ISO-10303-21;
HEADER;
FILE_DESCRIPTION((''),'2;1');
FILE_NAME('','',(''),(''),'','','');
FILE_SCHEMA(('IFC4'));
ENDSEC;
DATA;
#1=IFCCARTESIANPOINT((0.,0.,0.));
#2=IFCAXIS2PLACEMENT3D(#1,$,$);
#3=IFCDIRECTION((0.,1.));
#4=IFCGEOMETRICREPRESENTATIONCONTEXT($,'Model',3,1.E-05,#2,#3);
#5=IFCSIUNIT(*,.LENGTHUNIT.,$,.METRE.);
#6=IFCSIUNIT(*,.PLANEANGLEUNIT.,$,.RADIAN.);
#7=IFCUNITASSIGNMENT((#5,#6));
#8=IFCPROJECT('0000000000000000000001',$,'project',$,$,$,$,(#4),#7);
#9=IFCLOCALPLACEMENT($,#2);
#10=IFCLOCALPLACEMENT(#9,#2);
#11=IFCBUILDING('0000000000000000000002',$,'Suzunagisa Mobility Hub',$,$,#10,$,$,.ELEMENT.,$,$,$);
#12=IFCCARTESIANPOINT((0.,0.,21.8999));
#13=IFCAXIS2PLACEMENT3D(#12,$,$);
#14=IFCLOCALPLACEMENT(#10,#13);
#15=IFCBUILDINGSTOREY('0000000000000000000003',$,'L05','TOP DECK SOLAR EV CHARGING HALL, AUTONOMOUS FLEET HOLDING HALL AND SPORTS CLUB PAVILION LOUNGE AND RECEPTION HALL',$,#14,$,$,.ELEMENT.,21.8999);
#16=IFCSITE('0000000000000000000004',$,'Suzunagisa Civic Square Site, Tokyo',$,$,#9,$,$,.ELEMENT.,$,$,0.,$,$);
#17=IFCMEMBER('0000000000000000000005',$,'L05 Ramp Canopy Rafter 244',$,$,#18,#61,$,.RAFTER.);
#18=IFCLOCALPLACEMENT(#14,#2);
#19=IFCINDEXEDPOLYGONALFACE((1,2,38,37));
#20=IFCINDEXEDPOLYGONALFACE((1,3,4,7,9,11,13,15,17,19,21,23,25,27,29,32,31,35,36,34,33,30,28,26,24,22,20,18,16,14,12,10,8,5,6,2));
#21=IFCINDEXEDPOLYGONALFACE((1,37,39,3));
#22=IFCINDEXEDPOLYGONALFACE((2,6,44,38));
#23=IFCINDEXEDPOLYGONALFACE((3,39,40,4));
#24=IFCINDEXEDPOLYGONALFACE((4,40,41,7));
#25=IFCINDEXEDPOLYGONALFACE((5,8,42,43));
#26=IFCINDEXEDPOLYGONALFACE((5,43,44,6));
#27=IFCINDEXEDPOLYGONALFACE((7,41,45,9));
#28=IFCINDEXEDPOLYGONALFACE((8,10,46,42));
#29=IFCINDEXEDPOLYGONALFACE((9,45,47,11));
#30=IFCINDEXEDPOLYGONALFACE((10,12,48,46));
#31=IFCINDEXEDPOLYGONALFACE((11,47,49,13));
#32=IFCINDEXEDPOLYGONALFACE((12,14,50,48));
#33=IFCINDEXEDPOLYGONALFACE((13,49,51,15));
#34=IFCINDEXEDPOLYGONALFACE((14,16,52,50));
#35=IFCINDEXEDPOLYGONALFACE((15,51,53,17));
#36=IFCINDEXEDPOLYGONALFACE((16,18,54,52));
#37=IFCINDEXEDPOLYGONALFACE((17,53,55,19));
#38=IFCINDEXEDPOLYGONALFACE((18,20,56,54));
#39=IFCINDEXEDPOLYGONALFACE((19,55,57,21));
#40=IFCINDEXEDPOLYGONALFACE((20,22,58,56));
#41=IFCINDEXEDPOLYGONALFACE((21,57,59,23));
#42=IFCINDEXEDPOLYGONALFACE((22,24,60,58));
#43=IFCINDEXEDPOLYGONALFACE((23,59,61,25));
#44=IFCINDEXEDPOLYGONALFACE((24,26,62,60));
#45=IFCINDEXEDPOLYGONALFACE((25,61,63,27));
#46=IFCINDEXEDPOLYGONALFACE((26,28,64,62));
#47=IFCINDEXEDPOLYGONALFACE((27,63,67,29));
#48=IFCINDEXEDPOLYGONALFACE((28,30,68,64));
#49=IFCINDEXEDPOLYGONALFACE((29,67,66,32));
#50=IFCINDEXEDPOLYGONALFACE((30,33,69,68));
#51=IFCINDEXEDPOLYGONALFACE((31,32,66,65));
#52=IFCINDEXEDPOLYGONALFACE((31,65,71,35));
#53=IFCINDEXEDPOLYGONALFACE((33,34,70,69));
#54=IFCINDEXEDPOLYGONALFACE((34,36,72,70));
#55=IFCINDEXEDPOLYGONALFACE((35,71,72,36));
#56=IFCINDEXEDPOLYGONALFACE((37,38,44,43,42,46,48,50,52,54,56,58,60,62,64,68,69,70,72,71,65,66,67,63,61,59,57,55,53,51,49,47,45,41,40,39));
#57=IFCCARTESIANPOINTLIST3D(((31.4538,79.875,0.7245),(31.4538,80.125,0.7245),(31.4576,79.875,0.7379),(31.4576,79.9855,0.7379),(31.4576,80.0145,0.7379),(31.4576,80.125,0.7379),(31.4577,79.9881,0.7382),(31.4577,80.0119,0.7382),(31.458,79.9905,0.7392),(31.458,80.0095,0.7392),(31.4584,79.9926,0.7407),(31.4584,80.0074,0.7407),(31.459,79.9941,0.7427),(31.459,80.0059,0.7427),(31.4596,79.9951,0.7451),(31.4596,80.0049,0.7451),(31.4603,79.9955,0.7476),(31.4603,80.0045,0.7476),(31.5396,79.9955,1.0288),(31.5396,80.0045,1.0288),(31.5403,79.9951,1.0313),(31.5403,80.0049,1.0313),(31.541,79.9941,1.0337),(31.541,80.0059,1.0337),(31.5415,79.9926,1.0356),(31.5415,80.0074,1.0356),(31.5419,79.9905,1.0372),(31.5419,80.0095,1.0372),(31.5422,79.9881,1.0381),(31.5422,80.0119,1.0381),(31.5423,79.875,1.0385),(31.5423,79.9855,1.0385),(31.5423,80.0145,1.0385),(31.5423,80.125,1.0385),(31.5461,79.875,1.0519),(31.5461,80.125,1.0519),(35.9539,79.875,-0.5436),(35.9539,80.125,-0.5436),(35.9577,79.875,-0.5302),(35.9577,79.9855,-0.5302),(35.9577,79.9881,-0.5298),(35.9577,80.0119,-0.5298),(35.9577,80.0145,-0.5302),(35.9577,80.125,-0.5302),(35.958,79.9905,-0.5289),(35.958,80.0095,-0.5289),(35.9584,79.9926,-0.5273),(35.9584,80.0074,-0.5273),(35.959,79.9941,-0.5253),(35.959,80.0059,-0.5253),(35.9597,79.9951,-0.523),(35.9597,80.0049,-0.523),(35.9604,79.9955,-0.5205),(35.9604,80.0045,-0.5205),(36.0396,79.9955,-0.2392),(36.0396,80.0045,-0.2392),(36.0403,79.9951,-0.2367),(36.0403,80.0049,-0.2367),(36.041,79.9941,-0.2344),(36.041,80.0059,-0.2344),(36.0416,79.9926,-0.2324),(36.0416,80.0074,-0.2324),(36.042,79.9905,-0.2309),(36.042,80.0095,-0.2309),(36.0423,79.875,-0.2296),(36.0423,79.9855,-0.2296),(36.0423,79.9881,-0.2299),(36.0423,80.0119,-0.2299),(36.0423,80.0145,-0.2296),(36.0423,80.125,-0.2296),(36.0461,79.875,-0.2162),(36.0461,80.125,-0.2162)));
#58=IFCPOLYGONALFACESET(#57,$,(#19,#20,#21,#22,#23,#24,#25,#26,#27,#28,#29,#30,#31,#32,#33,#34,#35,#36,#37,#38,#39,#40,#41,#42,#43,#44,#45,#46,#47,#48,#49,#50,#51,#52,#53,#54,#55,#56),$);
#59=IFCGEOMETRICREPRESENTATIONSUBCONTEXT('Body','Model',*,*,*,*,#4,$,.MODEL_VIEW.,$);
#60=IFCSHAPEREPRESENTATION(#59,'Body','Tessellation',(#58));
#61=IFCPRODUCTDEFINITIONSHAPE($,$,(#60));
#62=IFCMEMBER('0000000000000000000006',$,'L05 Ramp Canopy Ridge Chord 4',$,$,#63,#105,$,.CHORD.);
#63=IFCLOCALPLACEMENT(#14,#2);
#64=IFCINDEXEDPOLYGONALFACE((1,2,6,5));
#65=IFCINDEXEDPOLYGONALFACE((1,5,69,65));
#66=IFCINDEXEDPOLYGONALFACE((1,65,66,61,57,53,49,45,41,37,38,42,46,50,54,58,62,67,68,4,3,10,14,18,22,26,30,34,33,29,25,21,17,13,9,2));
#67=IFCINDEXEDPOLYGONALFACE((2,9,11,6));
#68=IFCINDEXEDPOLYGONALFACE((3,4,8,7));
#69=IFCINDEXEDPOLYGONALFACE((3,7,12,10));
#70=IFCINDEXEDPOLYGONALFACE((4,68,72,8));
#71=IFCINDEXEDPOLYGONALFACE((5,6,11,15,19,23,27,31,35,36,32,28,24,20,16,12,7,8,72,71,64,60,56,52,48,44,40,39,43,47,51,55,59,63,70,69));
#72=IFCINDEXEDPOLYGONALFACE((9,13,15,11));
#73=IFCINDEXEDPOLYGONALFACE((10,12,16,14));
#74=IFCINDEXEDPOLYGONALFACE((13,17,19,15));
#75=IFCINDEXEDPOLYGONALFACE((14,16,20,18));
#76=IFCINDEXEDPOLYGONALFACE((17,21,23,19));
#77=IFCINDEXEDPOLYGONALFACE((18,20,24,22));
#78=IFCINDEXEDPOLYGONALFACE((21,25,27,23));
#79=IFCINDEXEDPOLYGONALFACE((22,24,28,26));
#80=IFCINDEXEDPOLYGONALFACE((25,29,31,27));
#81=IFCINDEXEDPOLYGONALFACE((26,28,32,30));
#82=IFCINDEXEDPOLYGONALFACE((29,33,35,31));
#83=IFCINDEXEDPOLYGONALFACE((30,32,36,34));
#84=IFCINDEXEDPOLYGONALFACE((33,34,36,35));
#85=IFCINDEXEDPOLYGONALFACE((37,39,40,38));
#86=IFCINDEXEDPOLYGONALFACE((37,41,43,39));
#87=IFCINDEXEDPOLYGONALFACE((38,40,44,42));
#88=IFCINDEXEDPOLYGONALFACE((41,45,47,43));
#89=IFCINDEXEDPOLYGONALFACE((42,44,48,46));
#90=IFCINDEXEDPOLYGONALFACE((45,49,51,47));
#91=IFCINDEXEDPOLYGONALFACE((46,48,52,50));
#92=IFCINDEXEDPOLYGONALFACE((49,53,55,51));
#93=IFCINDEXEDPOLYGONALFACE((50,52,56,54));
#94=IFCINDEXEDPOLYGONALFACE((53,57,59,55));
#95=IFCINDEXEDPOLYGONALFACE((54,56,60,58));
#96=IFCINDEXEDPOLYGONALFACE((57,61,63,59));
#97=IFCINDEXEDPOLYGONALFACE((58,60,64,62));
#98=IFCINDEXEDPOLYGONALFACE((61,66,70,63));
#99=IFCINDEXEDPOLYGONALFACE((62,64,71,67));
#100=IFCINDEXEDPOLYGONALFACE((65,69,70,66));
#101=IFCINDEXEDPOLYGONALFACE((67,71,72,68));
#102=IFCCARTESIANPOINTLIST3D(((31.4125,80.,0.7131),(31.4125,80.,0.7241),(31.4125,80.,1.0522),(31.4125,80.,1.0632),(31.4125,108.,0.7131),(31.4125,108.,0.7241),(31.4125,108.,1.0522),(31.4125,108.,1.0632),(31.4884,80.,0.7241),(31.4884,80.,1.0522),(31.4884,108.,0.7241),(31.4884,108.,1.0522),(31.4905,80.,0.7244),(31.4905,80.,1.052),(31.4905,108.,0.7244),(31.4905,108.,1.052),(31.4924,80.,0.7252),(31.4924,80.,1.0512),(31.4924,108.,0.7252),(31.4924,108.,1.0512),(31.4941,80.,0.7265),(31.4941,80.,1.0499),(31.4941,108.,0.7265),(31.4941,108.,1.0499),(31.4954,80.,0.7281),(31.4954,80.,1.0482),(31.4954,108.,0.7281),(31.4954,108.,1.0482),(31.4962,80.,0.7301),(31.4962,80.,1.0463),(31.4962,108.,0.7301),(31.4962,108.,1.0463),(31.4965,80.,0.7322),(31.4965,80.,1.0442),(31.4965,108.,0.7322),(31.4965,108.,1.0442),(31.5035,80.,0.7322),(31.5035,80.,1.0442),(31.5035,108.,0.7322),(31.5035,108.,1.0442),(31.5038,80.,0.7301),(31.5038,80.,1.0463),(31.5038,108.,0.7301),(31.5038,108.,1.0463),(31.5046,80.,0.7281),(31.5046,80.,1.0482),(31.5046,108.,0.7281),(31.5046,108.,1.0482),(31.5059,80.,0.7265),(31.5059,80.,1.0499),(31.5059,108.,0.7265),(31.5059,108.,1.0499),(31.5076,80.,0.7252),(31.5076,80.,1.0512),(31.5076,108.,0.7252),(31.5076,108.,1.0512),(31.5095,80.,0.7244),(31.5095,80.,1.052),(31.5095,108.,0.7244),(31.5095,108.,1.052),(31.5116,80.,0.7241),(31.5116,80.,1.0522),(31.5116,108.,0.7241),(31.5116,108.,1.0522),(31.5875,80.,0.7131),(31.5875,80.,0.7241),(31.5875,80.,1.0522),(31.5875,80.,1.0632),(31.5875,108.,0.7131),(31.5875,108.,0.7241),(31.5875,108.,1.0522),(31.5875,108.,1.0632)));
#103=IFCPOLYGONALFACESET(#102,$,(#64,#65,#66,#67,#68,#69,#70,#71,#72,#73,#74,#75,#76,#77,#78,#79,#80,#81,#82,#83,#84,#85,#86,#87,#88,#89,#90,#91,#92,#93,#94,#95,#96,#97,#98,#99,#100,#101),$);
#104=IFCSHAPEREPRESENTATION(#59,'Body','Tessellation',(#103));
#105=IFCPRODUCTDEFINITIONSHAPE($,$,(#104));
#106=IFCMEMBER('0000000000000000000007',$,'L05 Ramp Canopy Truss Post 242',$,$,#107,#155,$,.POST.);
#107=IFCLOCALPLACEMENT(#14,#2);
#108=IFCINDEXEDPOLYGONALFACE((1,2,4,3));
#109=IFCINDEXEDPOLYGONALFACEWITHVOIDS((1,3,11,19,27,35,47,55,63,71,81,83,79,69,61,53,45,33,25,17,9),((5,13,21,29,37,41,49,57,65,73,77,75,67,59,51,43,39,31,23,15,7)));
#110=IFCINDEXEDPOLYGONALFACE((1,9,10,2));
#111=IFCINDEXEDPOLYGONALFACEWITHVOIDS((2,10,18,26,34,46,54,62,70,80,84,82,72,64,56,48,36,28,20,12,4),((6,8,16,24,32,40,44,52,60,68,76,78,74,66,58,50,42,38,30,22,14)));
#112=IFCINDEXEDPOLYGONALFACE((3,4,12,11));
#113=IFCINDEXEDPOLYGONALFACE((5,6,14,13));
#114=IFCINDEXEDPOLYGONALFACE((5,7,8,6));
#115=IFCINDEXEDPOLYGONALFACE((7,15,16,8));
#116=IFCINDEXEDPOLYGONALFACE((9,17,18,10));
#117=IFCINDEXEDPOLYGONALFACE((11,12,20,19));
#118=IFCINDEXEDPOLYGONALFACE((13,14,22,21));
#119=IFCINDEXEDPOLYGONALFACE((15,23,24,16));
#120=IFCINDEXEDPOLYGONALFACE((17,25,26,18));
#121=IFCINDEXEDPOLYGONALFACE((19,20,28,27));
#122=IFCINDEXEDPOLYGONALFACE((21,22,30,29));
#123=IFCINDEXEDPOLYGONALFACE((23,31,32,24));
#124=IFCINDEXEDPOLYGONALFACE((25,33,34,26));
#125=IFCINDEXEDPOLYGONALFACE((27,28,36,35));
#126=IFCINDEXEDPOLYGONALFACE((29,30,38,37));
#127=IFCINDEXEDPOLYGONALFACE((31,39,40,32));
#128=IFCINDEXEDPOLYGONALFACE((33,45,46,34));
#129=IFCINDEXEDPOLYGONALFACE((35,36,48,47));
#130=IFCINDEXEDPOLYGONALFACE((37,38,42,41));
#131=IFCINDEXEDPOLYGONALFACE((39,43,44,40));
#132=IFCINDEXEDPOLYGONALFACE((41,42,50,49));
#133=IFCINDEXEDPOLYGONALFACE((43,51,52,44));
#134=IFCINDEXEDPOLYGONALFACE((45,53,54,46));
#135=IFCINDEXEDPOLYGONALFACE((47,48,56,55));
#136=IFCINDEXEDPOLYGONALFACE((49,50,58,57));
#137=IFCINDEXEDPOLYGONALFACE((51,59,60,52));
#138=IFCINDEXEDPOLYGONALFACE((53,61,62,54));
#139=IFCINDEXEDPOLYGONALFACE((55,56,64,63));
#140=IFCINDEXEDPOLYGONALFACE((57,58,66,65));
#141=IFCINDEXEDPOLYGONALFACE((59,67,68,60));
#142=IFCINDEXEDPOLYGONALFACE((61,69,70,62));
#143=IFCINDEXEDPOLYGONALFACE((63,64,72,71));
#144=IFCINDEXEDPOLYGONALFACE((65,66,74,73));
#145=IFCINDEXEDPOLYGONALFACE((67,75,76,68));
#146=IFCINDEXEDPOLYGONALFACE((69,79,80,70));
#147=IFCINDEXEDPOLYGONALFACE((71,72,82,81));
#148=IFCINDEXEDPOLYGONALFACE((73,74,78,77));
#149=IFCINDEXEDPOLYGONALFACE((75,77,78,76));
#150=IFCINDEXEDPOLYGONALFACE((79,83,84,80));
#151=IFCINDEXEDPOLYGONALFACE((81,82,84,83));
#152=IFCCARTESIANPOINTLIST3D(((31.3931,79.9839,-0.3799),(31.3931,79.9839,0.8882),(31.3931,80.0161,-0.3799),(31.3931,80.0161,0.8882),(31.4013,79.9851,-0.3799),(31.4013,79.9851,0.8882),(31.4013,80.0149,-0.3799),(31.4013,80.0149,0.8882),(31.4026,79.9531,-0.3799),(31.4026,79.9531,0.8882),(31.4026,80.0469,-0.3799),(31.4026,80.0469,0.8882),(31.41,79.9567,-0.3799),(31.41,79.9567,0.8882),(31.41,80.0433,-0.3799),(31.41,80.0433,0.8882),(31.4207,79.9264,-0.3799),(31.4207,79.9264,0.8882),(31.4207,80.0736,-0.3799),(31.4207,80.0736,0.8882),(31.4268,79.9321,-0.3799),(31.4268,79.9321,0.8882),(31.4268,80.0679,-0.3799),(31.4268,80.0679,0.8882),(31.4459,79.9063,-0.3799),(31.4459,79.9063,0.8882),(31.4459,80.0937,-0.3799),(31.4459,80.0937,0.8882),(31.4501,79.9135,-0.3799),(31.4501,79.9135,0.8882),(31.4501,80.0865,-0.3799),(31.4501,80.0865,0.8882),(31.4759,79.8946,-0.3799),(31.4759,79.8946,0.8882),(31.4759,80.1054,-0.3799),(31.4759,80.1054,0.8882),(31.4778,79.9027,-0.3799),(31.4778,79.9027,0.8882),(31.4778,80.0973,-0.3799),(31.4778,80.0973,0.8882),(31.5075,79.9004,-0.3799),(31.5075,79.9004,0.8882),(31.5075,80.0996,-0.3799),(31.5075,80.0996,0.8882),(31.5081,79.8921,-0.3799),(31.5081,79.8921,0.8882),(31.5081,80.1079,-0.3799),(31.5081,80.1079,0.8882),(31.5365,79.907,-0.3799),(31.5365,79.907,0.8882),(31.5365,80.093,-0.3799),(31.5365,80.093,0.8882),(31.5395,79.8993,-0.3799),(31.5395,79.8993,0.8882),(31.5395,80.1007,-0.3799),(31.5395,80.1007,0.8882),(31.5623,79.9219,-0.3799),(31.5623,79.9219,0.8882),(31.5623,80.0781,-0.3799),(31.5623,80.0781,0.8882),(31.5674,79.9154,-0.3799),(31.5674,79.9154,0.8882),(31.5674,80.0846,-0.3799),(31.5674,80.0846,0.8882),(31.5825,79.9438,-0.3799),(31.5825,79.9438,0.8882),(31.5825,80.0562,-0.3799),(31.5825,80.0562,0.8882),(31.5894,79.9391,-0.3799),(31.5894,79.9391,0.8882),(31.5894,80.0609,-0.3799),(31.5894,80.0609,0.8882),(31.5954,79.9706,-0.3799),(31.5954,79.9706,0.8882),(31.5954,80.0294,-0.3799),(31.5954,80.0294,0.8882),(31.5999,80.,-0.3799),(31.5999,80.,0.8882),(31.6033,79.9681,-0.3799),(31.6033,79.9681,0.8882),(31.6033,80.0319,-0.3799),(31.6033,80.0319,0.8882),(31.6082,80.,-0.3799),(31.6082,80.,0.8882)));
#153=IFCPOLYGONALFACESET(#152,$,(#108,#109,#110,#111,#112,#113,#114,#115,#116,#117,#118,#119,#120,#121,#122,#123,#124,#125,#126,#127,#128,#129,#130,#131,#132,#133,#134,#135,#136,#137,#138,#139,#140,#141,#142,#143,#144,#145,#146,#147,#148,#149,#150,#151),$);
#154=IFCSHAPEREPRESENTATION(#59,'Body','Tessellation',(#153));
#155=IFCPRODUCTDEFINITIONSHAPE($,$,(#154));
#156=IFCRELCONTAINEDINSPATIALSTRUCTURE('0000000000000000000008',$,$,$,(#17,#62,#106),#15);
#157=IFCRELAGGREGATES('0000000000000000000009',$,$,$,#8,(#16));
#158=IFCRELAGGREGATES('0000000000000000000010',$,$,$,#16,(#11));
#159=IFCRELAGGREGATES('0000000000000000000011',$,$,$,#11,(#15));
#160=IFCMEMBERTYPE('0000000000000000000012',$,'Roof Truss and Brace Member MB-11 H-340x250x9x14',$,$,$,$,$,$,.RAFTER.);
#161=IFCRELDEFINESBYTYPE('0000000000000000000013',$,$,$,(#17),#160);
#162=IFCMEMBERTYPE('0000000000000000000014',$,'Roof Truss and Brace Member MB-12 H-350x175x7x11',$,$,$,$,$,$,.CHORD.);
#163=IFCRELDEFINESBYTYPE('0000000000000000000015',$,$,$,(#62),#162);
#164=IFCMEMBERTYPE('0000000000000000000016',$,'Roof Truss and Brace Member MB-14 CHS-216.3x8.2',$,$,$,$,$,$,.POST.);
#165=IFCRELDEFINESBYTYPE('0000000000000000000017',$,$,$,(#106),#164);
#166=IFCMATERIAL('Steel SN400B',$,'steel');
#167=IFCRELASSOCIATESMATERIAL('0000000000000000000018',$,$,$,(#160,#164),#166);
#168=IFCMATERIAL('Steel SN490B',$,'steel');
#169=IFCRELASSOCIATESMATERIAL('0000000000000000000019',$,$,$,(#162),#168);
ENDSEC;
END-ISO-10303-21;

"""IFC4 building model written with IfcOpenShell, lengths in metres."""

from ifc_helpers import new_model, si_unit, direction, frame, origin, origin_2d, place, context, subcontext, project, spatial, hollow_circle, i_section, extrude, material, material_profile, profile_set, type_object, element, save


model = new_model("IFC4")

# Units and contexts
model_context = context("Model", 3, precision=1e-05, world=origin(), true_north=direction((0.0, 1.0)))
body_context = subcontext(model_context, "Body", "Model", "MODEL_VIEW")
ifc_project = project(units=[si_unit("LENGTHUNIT", "METRE"), si_unit("PLANEANGLEUNIT", "RADIAN")], contexts=[model_context])

# Site, building, storey
site_placement = place(None, origin())
site = spatial("IfcSite", under=ifc_project, at=site_placement, Name="Suzunagisa Civic Square Site, Tokyo", CompositionType="ELEMENT", RefElevation=0.0)
building_placement = place(site_placement, origin())
building = spatial("IfcBuilding", under=site, at=building_placement, Name="Suzunagisa Mobility Hub", CompositionType="ELEMENT")
storey_placement = place(building_placement, frame((0.0, 0.0, 21.8999)))
storey = spatial("IfcBuildingStorey", under=building, at=storey_placement, Name="L05", Description="TOP DECK SOLAR EV CHARGING HALL, AUTONOMOUS FLEET HOLDING HALL AND SPORTS CLUB PAVILION LOUNGE AND RECEPTION HALL", CompositionType="ELEMENT", Elevation=21.8999)

# Shared definitions
ifc_material_1 = material(Name="Steel SN490B", Category="steel")

# Members
ifc_material_2 = material(Name="Steel SN400B", Category="steel")
ifc_material_profile_1 = material_profile(ifc_material_2, i_section(OverallWidth=0.25, OverallDepth=0.3401, WebThickness=0.009, FlangeThickness=0.0139, FilletRadius=0.01, at=origin_2d()), Name="H-340x250x9x14")
ifc_profile_set_1 = profile_set([ifc_material_profile_1], Name="Steel SN400B")
member_type_1 = type_object("IfcMemberType", Name="Roof Truss and Brace Member MB-11 H-340x250x9x14", PredefinedType="RAFTER", material=ifc_profile_set_1)
for number, where, z_axis, x_axis, name in (
    (1, (36.0, 80.0, -0.3799), (-0.962515, 0.0, 0.271229), (0.0, -1.0, 0.0), "L05 Ramp Canopy Rafter 244"),
):
    element("IfcMember", number, at=place(storey_placement, frame(where, z_axis=z_axis, x_axis=x_axis)), inside=storey, type_object=member_type_1, Name=name, PredefinedType="RAFTER", context=body_context, shape_type="SweptSolid", body=[
        extrude(i_section(OverallWidth=0.25, OverallDepth=0.3401, WebThickness=0.009, FlangeThickness=0.0139, FilletRadius=0.01, at=origin_2d()), origin(), (0.0, 0.0, 1.0), 4.6753),
    ])
ifc_material_profile_2 = material_profile(ifc_material_1, i_section(OverallWidth=0.175, OverallDepth=0.3501, WebThickness=0.0071, FlangeThickness=0.011, FilletRadius=0.0081, at=origin_2d()), Name="H-350x175x7x11")
ifc_profile_set_2 = profile_set([ifc_material_profile_2], Name="Steel SN490B")
member_type_2 = type_object("IfcMemberType", Name="Roof Truss and Brace Member MB-12 H-350x175x7x11", PredefinedType="CHORD", material=ifc_profile_set_2)
member_1_placement = place(storey_placement, frame((31.5, 80.0, 0.8882), z_axis=(0.0, 1.0, 0.0), x_axis=(-1.0, 0.0, 0.0)))
element("IfcMember", 2, at=member_1_placement, inside=storey, type_object=member_type_2, Name="L05 Ramp Canopy Ridge Chord 4", PredefinedType="CHORD", context=body_context, shape_type="SweptSolid", body=[
    extrude(i_section(OverallWidth=0.175, OverallDepth=0.3501, WebThickness=0.0071, FlangeThickness=0.011, FilletRadius=0.0081, at=origin_2d()), origin(), (0.0, 0.0, 1.0), 28.0),
])
ifc_material_profile_3 = material_profile(ifc_material_2, hollow_circle(Radius=0.1082, WallThickness=0.0083, at=origin_2d()), Name="CHS-216.3x8.2")
ifc_profile_set_3 = profile_set([ifc_material_profile_3], Name="Steel SN400B")
member_type_3 = type_object("IfcMemberType", Name="Roof Truss and Brace Member MB-14 CHS-216.3x8.2", PredefinedType="POST", material=ifc_profile_set_3)
member_2_placement = place(storey_placement, frame((31.5, 80.0, -0.3799), z_axis=(0.0, 0.0, 1.0), x_axis=(1.0, 0.0, 0.0)))
element("IfcMember", 3, at=member_2_placement, inside=storey, type_object=member_type_3, Name="L05 Ramp Canopy Truss Post 242", PredefinedType="POST", context=body_context, shape_type="SweptSolid", body=[
    extrude(hollow_circle(Radius=0.1082, WallThickness=0.0083, at=origin_2d()), origin(), (0.0, 0.0, 1.0), 1.2681),
])

save(model, "model.ifc")
